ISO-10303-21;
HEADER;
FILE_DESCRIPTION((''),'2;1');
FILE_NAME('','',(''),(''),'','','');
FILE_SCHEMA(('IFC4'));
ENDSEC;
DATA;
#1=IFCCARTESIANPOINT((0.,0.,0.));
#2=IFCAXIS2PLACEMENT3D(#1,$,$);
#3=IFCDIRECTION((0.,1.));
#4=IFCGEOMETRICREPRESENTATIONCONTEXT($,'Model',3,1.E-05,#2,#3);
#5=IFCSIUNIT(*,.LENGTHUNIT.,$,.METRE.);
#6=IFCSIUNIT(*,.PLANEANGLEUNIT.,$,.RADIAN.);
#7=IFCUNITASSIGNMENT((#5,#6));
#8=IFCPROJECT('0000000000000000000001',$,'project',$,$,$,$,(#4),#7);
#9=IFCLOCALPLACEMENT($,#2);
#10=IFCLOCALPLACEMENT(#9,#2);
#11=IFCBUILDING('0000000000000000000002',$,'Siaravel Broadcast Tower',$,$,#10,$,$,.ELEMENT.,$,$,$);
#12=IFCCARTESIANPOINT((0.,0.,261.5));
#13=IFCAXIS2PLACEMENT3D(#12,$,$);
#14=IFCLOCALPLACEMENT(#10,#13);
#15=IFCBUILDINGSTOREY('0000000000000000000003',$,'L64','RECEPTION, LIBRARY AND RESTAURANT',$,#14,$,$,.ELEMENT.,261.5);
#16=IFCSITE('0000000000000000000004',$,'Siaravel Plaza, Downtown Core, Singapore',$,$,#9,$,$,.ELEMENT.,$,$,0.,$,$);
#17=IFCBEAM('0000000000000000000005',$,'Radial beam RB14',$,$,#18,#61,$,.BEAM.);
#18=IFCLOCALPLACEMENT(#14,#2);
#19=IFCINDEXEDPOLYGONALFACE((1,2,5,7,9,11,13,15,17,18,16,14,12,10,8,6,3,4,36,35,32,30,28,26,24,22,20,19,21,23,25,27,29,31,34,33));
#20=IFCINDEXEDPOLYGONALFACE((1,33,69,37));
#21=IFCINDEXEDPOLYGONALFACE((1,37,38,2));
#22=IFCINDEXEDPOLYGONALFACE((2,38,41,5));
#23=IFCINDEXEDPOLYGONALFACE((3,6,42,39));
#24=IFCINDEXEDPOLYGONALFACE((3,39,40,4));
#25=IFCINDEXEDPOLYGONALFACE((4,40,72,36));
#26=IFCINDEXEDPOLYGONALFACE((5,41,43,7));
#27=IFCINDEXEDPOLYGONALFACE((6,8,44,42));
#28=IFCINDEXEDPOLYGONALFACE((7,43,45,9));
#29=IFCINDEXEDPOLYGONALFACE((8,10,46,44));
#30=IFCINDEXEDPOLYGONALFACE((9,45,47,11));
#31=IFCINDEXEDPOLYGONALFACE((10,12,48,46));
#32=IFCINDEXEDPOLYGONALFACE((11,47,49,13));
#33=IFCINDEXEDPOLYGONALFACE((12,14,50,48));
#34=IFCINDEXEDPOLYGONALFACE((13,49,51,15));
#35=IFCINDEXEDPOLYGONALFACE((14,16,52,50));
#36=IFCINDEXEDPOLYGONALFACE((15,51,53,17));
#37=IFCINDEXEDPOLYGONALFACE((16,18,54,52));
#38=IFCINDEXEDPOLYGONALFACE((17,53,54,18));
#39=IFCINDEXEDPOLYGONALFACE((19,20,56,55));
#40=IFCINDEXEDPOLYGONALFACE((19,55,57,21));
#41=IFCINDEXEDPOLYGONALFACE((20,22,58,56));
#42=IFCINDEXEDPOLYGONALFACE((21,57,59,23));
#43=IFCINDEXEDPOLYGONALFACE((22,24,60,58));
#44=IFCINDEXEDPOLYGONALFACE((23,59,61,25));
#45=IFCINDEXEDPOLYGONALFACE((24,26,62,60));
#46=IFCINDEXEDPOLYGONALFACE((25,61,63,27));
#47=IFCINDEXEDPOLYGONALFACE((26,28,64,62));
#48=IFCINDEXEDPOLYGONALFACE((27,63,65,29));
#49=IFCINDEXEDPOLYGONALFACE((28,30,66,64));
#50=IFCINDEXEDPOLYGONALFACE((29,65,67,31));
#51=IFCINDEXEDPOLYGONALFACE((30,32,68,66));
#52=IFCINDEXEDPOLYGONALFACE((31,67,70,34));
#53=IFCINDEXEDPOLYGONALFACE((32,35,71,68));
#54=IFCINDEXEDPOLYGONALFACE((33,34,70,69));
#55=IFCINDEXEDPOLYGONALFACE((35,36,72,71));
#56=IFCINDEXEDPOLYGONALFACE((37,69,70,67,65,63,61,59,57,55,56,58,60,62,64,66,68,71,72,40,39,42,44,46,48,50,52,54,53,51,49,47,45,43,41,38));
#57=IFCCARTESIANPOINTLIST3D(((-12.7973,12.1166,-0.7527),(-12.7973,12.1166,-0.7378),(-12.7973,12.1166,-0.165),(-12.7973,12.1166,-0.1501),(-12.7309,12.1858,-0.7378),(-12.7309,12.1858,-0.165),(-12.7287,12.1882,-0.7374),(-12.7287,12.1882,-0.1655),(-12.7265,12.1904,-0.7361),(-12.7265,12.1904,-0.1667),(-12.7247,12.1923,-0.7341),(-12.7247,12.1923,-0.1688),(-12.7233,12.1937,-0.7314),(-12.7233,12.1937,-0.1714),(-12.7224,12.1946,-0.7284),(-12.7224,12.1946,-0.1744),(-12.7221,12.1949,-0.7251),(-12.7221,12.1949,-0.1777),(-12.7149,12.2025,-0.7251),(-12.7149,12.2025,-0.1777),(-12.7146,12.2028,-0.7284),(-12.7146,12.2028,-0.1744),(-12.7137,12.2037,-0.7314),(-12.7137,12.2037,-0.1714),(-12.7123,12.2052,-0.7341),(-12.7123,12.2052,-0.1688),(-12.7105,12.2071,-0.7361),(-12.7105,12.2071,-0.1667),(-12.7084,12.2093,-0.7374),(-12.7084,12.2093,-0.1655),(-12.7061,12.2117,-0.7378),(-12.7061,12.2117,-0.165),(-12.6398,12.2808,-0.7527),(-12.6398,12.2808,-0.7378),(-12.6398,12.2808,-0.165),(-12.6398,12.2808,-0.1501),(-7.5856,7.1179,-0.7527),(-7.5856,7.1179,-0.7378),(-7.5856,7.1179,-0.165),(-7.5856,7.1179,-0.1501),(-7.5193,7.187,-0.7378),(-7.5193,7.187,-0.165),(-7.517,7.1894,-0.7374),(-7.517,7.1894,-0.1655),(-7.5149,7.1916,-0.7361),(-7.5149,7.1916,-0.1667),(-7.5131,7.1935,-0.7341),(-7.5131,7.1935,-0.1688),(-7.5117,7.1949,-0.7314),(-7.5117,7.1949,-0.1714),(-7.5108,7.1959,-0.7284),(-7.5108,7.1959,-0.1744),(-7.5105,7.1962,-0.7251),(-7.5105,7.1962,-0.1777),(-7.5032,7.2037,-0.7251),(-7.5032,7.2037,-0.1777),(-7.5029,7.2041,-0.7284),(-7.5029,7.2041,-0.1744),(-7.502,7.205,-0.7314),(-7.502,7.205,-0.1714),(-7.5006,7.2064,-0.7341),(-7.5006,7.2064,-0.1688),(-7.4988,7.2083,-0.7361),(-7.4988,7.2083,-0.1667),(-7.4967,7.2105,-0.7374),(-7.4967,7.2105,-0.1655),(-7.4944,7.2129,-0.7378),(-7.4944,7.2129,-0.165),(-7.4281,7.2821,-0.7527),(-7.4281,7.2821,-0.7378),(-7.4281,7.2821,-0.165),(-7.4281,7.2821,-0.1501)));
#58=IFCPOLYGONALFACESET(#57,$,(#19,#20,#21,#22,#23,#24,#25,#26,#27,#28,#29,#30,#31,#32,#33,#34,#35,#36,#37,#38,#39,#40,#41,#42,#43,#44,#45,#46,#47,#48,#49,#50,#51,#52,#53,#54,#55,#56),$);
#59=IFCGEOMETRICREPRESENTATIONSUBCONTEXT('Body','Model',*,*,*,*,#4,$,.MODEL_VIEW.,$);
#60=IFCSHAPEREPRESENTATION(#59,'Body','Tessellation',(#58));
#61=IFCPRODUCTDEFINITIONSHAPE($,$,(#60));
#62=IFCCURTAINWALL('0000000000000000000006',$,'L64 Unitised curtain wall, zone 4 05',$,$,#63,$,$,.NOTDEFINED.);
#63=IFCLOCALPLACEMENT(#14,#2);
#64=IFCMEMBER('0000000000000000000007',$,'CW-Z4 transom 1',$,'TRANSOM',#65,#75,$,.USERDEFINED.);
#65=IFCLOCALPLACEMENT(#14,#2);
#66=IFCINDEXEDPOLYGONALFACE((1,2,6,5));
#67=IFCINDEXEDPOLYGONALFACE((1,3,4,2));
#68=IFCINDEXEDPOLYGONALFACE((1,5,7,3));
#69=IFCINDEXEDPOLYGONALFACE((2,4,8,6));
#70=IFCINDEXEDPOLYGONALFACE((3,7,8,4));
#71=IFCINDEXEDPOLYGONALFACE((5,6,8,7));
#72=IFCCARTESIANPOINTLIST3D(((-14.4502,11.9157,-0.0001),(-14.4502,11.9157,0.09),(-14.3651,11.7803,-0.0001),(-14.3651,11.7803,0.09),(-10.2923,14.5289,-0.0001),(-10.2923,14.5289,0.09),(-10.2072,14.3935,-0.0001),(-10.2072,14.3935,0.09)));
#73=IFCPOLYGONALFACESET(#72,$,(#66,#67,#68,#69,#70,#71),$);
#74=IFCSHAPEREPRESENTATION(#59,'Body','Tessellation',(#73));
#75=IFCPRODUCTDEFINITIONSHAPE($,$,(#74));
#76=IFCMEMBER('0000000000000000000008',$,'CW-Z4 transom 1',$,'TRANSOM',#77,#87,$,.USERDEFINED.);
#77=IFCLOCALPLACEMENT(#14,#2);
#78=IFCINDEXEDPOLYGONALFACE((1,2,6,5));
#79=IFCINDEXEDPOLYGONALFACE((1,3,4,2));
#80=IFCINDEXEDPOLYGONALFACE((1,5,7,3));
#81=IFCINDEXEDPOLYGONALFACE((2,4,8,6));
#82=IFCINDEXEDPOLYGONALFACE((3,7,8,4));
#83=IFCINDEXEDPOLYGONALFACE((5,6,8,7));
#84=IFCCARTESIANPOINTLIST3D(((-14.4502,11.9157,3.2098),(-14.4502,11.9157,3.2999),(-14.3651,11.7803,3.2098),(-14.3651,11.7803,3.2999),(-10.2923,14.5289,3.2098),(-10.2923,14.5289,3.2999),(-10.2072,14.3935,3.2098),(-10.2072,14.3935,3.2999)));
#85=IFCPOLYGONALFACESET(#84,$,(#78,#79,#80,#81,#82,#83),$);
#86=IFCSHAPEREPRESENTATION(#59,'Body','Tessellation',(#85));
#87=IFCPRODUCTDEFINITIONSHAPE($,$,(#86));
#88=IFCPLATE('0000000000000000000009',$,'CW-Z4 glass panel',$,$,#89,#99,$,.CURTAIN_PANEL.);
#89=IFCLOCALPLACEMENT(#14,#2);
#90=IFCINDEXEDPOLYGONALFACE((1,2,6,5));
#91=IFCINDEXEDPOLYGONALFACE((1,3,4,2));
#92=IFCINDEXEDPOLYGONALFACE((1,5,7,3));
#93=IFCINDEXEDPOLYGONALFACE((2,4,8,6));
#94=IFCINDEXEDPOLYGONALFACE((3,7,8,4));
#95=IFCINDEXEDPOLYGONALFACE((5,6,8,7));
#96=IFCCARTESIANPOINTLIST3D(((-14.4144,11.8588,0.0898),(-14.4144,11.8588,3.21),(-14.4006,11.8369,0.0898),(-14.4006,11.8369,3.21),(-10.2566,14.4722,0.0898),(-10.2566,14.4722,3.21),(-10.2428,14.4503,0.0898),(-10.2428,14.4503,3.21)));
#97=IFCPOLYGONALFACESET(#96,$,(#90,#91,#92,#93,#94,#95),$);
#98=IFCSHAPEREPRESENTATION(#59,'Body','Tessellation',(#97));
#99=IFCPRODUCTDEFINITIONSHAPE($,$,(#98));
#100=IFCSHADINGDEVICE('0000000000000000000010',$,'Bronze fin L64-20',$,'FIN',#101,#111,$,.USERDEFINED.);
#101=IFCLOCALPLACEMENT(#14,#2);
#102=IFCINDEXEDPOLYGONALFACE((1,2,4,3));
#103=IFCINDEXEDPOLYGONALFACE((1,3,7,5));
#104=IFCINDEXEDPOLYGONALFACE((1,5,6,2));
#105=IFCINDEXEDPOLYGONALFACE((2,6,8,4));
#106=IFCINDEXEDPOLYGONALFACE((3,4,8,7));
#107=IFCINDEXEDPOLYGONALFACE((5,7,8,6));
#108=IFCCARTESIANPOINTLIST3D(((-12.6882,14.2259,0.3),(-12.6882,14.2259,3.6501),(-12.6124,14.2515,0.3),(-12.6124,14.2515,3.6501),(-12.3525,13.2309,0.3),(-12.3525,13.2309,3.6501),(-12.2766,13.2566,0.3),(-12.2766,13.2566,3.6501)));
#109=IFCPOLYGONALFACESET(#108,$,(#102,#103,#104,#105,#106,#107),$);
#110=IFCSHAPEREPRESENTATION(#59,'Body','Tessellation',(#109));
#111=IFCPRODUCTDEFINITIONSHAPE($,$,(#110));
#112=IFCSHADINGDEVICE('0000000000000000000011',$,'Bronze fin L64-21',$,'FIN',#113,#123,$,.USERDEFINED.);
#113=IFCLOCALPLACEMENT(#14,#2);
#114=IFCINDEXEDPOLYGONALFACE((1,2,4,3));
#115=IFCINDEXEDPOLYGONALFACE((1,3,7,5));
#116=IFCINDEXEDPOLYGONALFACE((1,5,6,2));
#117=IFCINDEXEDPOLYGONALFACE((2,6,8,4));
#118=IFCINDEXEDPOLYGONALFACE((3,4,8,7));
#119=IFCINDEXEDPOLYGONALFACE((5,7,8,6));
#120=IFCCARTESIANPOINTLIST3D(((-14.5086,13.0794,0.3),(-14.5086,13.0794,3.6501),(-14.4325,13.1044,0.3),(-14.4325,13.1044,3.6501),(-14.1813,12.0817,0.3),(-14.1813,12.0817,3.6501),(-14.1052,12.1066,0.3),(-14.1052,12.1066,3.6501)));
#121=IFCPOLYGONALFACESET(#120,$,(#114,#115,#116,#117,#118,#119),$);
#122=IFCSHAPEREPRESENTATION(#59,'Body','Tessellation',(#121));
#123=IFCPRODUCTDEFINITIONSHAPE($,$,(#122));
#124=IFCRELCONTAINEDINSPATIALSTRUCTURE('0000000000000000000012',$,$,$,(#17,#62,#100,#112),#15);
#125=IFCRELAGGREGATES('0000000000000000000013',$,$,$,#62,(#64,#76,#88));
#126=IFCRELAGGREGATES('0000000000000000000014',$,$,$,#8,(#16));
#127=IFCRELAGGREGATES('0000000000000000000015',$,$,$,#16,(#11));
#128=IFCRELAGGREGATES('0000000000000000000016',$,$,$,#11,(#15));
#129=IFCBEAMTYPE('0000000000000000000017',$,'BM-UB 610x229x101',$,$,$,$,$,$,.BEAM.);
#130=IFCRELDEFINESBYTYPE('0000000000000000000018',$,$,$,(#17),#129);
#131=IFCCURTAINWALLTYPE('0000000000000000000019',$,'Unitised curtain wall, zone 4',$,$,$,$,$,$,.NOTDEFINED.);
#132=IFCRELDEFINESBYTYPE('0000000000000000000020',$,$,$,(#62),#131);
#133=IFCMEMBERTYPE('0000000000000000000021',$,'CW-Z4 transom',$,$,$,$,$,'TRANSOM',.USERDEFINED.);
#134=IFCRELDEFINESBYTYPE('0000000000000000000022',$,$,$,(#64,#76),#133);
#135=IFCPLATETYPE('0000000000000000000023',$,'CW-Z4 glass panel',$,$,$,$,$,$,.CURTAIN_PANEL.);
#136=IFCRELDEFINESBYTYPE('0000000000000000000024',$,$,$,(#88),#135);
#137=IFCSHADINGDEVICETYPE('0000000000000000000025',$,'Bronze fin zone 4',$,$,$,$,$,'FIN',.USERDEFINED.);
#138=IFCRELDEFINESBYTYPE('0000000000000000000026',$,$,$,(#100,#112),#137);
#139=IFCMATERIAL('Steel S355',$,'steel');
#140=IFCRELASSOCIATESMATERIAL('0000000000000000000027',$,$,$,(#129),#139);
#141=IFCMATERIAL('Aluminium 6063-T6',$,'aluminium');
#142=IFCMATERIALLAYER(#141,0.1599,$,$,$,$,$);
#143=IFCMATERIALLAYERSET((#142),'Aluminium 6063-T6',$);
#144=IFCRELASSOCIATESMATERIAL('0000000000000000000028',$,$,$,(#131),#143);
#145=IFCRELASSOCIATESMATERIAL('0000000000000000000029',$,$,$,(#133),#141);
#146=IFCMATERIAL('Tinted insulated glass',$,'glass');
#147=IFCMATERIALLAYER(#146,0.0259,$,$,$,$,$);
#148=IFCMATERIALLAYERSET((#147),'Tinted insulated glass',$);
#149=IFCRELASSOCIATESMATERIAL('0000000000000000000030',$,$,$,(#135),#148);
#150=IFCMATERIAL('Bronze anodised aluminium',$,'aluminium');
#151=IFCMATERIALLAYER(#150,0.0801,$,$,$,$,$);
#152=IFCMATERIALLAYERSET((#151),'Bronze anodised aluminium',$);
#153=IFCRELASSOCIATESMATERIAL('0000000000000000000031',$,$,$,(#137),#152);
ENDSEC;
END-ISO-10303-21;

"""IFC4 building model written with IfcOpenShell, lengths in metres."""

from ifc_helpers import new_model, si_unit, direction, frame, origin, origin_2d, place, context, subcontext, project, spatial, rectangle, i_section, extrude, material, layer, layer_set, material_profile, profile_set, type_object, element, aggregate, save


model = new_model("IFC4")

# Units and contexts
model_context = context("Model", 3, precision=1e-05, world=origin(), true_north=direction((0.0, 1.0)))
body_context = subcontext(model_context, "Body", "Model", "MODEL_VIEW")
ifc_project = project(units=[si_unit("LENGTHUNIT", "METRE"), si_unit("PLANEANGLEUNIT", "RADIAN")], contexts=[model_context])

# Site, building, storey
site_placement = place(None, origin())
site = spatial("IfcSite", under=ifc_project, at=site_placement, Name="Siaravel Plaza, Downtown Core, Singapore", CompositionType="ELEMENT", RefElevation=0.0)
building_placement = place(site_placement, origin())
building = spatial("IfcBuilding", under=site, at=building_placement, Name="Siaravel Broadcast Tower", CompositionType="ELEMENT")
storey_placement = place(building_placement, frame((0.0, 0.0, 261.5)))
storey = spatial("IfcBuildingStorey", under=building, at=storey_placement, Name="L64", Description="RECEPTION, LIBRARY AND RESTAURANT", CompositionType="ELEMENT", Elevation=261.5)

# Beam
ifc_material_1 = material(Name="Steel S355", Category="steel")
ifc_material_profile_1 = material_profile(ifc_material_1, i_section(OverallWidth=0.2275, OverallDepth=0.6025, WebThickness=0.0105, FlangeThickness=0.0149, FilletRadius=0.0127, at=origin_2d()))
ifc_profile_set_1 = profile_set([ifc_material_profile_1], Name="Steel S355")
beam_type = type_object("IfcBeamType", Name="BM-UB 610x229x101", PredefinedType="BEAM", material=ifc_profile_set_1)
beam_placement = place(storey_placement, frame((-12.7185, 12.1987, -0.4514), z_axis=(0.721693, -0.692213, 0.0), x_axis=(0.692213, 0.721693, 0.0)))
element("IfcBeam", 1, at=beam_placement, inside=storey, type_object=beam_type, Name="Radial beam RB14", PredefinedType="BEAM", context=body_context, shape_type="SweptSolid", body=[
    extrude(i_section(OverallWidth=0.2275, OverallDepth=0.6025, WebThickness=0.0105, FlangeThickness=0.0149, FilletRadius=0.0127, at=origin_2d()), origin(), (0.0, 0.0, 1.0), 7.2214),
])

# Curtain wall, members, plate
ifc_material_2 = material(Name="Aluminium 6063-T6", Category="aluminium")
ifc_layer_1 = layer(ifc_material_2, 0.1599)
ifc_layer_set_1 = layer_set([ifc_layer_1], Name="Aluminium 6063-T6")
curtain_wall_type = type_object("IfcCurtainWallType", Name="Unitised curtain wall, zone 4", PredefinedType="NOTDEFINED", material=ifc_layer_set_1)
curtain_wall_placement = place(storey_placement, origin())
curtain_wall = element("IfcCurtainWall", 2, at=curtain_wall_placement, inside=storey, type_object=curtain_wall_type, Name="L64 Unitised curtain wall, zone 4 05", PredefinedType="NOTDEFINED")
ifc_material_profile_2 = material_profile(ifc_material_2, rectangle(XDim=0.1599, YDim=0.0901, at=origin_2d()))
ifc_profile_set_2 = profile_set([ifc_material_profile_2], Name="Aluminium 6063-T6")
member_type = type_object("IfcMemberType", Name="CW-Z4 transom", ElementType="TRANSOM", PredefinedType="USERDEFINED", material=ifc_profile_set_2)
member_1_placement = place(storey_placement, frame((-10.2498, 14.4612, 0.0449), z_axis=(-0.846663, -0.532129, 0.0), x_axis=(0.532129, -0.846663, 0.0)))
member_1 = element("IfcMember", 3, at=member_1_placement, type_object=member_type, Name="CW-Z4 transom 1", ObjectType="TRANSOM", PredefinedType="USERDEFINED", context=body_context, shape_type="SweptSolid", body=[
    extrude(rectangle(XDim=0.1599, YDim=0.0901, at=origin_2d()), origin(), (0.0, 0.0, 1.0), 4.9109),
])
member_2_placement = place(storey_placement, frame((-10.2498, 14.4612, 3.2549), z_axis=(-0.846663, -0.532129, 0.0), x_axis=(0.532129, -0.846663, 0.0)))
member_2 = element("IfcMember", 4, at=member_2_placement, type_object=member_type, Name="CW-Z4 transom 1", ObjectType="TRANSOM", PredefinedType="USERDEFINED", context=body_context, shape_type="SweptSolid", body=[
    extrude(rectangle(XDim=0.1599, YDim=0.0901, at=origin_2d()), origin(), (0.0, 0.0, 1.0), 4.9109),
])
ifc_material_3 = material(Name="Tinted insulated glass", Category="glass")
ifc_layer_2 = layer(ifc_material_3, 0.0259)
ifc_layer_set_2 = layer_set([ifc_layer_2], Name="Tinted insulated glass")
plate_type = type_object("IfcPlateType", Name="CW-Z4 glass panel", PredefinedType="CURTAIN_PANEL", material=ifc_layer_set_2)
plate_placement = place(storey_placement, frame((-12.3286, 13.1545, 0.0898), z_axis=(0.0, 0.0, 1.0), x_axis=(-0.84665, -0.532151, 0.0)))
plate = element("IfcPlate", 5, at=plate_placement, type_object=plate_type, Name="CW-Z4 glass panel", PredefinedType="CURTAIN_PANEL", context=body_context, shape_type="SweptSolid", body=[
    extrude(rectangle(XDim=4.9109, YDim=0.0259, at=origin_2d()), origin(), (0.0, 0.0, 1.0), 3.1201),
])
aggregate(curtain_wall, [member_1, member_2, plate])

# Shading devices
ifc_material_4 = material(Name="Bronze anodised aluminium", Category="aluminium")
ifc_layer_3 = layer(ifc_material_4, 0.0801)
ifc_layer_set_3 = layer_set([ifc_layer_3], Name="Bronze anodised aluminium")
shading_device_type = type_object("IfcShadingDeviceType", Name="Bronze fin zone 4", ElementType="FIN", PredefinedType="USERDEFINED", material=ifc_layer_set_3)
for number, where, z_axis, x_axis, name in (
    (6, (-12.4824, 13.7412, 0.3), (0.0, 0.0, 1.0), (-0.319773, 0.947494, 0.0), "Bronze fin L64-20"),
    (7, (-14.3069, 12.593, 0.3), (0.0, 0.0, 1.0), (-0.311713, 0.950176, 0.0), "Bronze fin L64-21"),
):
    element("IfcShadingDevice", number, at=place(storey_placement, frame(where, z_axis=z_axis, x_axis=x_axis)), inside=storey, type_object=shading_device_type, Name=name, ObjectType="FIN", PredefinedType="USERDEFINED", context=body_context, shape_type="SweptSolid", body=[
        extrude(rectangle(XDim=1.05, YDim=0.0801, at=origin_2d()), origin(), (0.0, 0.0, 1.0), 3.3501),
    ])

save(model, "model.ifc")
